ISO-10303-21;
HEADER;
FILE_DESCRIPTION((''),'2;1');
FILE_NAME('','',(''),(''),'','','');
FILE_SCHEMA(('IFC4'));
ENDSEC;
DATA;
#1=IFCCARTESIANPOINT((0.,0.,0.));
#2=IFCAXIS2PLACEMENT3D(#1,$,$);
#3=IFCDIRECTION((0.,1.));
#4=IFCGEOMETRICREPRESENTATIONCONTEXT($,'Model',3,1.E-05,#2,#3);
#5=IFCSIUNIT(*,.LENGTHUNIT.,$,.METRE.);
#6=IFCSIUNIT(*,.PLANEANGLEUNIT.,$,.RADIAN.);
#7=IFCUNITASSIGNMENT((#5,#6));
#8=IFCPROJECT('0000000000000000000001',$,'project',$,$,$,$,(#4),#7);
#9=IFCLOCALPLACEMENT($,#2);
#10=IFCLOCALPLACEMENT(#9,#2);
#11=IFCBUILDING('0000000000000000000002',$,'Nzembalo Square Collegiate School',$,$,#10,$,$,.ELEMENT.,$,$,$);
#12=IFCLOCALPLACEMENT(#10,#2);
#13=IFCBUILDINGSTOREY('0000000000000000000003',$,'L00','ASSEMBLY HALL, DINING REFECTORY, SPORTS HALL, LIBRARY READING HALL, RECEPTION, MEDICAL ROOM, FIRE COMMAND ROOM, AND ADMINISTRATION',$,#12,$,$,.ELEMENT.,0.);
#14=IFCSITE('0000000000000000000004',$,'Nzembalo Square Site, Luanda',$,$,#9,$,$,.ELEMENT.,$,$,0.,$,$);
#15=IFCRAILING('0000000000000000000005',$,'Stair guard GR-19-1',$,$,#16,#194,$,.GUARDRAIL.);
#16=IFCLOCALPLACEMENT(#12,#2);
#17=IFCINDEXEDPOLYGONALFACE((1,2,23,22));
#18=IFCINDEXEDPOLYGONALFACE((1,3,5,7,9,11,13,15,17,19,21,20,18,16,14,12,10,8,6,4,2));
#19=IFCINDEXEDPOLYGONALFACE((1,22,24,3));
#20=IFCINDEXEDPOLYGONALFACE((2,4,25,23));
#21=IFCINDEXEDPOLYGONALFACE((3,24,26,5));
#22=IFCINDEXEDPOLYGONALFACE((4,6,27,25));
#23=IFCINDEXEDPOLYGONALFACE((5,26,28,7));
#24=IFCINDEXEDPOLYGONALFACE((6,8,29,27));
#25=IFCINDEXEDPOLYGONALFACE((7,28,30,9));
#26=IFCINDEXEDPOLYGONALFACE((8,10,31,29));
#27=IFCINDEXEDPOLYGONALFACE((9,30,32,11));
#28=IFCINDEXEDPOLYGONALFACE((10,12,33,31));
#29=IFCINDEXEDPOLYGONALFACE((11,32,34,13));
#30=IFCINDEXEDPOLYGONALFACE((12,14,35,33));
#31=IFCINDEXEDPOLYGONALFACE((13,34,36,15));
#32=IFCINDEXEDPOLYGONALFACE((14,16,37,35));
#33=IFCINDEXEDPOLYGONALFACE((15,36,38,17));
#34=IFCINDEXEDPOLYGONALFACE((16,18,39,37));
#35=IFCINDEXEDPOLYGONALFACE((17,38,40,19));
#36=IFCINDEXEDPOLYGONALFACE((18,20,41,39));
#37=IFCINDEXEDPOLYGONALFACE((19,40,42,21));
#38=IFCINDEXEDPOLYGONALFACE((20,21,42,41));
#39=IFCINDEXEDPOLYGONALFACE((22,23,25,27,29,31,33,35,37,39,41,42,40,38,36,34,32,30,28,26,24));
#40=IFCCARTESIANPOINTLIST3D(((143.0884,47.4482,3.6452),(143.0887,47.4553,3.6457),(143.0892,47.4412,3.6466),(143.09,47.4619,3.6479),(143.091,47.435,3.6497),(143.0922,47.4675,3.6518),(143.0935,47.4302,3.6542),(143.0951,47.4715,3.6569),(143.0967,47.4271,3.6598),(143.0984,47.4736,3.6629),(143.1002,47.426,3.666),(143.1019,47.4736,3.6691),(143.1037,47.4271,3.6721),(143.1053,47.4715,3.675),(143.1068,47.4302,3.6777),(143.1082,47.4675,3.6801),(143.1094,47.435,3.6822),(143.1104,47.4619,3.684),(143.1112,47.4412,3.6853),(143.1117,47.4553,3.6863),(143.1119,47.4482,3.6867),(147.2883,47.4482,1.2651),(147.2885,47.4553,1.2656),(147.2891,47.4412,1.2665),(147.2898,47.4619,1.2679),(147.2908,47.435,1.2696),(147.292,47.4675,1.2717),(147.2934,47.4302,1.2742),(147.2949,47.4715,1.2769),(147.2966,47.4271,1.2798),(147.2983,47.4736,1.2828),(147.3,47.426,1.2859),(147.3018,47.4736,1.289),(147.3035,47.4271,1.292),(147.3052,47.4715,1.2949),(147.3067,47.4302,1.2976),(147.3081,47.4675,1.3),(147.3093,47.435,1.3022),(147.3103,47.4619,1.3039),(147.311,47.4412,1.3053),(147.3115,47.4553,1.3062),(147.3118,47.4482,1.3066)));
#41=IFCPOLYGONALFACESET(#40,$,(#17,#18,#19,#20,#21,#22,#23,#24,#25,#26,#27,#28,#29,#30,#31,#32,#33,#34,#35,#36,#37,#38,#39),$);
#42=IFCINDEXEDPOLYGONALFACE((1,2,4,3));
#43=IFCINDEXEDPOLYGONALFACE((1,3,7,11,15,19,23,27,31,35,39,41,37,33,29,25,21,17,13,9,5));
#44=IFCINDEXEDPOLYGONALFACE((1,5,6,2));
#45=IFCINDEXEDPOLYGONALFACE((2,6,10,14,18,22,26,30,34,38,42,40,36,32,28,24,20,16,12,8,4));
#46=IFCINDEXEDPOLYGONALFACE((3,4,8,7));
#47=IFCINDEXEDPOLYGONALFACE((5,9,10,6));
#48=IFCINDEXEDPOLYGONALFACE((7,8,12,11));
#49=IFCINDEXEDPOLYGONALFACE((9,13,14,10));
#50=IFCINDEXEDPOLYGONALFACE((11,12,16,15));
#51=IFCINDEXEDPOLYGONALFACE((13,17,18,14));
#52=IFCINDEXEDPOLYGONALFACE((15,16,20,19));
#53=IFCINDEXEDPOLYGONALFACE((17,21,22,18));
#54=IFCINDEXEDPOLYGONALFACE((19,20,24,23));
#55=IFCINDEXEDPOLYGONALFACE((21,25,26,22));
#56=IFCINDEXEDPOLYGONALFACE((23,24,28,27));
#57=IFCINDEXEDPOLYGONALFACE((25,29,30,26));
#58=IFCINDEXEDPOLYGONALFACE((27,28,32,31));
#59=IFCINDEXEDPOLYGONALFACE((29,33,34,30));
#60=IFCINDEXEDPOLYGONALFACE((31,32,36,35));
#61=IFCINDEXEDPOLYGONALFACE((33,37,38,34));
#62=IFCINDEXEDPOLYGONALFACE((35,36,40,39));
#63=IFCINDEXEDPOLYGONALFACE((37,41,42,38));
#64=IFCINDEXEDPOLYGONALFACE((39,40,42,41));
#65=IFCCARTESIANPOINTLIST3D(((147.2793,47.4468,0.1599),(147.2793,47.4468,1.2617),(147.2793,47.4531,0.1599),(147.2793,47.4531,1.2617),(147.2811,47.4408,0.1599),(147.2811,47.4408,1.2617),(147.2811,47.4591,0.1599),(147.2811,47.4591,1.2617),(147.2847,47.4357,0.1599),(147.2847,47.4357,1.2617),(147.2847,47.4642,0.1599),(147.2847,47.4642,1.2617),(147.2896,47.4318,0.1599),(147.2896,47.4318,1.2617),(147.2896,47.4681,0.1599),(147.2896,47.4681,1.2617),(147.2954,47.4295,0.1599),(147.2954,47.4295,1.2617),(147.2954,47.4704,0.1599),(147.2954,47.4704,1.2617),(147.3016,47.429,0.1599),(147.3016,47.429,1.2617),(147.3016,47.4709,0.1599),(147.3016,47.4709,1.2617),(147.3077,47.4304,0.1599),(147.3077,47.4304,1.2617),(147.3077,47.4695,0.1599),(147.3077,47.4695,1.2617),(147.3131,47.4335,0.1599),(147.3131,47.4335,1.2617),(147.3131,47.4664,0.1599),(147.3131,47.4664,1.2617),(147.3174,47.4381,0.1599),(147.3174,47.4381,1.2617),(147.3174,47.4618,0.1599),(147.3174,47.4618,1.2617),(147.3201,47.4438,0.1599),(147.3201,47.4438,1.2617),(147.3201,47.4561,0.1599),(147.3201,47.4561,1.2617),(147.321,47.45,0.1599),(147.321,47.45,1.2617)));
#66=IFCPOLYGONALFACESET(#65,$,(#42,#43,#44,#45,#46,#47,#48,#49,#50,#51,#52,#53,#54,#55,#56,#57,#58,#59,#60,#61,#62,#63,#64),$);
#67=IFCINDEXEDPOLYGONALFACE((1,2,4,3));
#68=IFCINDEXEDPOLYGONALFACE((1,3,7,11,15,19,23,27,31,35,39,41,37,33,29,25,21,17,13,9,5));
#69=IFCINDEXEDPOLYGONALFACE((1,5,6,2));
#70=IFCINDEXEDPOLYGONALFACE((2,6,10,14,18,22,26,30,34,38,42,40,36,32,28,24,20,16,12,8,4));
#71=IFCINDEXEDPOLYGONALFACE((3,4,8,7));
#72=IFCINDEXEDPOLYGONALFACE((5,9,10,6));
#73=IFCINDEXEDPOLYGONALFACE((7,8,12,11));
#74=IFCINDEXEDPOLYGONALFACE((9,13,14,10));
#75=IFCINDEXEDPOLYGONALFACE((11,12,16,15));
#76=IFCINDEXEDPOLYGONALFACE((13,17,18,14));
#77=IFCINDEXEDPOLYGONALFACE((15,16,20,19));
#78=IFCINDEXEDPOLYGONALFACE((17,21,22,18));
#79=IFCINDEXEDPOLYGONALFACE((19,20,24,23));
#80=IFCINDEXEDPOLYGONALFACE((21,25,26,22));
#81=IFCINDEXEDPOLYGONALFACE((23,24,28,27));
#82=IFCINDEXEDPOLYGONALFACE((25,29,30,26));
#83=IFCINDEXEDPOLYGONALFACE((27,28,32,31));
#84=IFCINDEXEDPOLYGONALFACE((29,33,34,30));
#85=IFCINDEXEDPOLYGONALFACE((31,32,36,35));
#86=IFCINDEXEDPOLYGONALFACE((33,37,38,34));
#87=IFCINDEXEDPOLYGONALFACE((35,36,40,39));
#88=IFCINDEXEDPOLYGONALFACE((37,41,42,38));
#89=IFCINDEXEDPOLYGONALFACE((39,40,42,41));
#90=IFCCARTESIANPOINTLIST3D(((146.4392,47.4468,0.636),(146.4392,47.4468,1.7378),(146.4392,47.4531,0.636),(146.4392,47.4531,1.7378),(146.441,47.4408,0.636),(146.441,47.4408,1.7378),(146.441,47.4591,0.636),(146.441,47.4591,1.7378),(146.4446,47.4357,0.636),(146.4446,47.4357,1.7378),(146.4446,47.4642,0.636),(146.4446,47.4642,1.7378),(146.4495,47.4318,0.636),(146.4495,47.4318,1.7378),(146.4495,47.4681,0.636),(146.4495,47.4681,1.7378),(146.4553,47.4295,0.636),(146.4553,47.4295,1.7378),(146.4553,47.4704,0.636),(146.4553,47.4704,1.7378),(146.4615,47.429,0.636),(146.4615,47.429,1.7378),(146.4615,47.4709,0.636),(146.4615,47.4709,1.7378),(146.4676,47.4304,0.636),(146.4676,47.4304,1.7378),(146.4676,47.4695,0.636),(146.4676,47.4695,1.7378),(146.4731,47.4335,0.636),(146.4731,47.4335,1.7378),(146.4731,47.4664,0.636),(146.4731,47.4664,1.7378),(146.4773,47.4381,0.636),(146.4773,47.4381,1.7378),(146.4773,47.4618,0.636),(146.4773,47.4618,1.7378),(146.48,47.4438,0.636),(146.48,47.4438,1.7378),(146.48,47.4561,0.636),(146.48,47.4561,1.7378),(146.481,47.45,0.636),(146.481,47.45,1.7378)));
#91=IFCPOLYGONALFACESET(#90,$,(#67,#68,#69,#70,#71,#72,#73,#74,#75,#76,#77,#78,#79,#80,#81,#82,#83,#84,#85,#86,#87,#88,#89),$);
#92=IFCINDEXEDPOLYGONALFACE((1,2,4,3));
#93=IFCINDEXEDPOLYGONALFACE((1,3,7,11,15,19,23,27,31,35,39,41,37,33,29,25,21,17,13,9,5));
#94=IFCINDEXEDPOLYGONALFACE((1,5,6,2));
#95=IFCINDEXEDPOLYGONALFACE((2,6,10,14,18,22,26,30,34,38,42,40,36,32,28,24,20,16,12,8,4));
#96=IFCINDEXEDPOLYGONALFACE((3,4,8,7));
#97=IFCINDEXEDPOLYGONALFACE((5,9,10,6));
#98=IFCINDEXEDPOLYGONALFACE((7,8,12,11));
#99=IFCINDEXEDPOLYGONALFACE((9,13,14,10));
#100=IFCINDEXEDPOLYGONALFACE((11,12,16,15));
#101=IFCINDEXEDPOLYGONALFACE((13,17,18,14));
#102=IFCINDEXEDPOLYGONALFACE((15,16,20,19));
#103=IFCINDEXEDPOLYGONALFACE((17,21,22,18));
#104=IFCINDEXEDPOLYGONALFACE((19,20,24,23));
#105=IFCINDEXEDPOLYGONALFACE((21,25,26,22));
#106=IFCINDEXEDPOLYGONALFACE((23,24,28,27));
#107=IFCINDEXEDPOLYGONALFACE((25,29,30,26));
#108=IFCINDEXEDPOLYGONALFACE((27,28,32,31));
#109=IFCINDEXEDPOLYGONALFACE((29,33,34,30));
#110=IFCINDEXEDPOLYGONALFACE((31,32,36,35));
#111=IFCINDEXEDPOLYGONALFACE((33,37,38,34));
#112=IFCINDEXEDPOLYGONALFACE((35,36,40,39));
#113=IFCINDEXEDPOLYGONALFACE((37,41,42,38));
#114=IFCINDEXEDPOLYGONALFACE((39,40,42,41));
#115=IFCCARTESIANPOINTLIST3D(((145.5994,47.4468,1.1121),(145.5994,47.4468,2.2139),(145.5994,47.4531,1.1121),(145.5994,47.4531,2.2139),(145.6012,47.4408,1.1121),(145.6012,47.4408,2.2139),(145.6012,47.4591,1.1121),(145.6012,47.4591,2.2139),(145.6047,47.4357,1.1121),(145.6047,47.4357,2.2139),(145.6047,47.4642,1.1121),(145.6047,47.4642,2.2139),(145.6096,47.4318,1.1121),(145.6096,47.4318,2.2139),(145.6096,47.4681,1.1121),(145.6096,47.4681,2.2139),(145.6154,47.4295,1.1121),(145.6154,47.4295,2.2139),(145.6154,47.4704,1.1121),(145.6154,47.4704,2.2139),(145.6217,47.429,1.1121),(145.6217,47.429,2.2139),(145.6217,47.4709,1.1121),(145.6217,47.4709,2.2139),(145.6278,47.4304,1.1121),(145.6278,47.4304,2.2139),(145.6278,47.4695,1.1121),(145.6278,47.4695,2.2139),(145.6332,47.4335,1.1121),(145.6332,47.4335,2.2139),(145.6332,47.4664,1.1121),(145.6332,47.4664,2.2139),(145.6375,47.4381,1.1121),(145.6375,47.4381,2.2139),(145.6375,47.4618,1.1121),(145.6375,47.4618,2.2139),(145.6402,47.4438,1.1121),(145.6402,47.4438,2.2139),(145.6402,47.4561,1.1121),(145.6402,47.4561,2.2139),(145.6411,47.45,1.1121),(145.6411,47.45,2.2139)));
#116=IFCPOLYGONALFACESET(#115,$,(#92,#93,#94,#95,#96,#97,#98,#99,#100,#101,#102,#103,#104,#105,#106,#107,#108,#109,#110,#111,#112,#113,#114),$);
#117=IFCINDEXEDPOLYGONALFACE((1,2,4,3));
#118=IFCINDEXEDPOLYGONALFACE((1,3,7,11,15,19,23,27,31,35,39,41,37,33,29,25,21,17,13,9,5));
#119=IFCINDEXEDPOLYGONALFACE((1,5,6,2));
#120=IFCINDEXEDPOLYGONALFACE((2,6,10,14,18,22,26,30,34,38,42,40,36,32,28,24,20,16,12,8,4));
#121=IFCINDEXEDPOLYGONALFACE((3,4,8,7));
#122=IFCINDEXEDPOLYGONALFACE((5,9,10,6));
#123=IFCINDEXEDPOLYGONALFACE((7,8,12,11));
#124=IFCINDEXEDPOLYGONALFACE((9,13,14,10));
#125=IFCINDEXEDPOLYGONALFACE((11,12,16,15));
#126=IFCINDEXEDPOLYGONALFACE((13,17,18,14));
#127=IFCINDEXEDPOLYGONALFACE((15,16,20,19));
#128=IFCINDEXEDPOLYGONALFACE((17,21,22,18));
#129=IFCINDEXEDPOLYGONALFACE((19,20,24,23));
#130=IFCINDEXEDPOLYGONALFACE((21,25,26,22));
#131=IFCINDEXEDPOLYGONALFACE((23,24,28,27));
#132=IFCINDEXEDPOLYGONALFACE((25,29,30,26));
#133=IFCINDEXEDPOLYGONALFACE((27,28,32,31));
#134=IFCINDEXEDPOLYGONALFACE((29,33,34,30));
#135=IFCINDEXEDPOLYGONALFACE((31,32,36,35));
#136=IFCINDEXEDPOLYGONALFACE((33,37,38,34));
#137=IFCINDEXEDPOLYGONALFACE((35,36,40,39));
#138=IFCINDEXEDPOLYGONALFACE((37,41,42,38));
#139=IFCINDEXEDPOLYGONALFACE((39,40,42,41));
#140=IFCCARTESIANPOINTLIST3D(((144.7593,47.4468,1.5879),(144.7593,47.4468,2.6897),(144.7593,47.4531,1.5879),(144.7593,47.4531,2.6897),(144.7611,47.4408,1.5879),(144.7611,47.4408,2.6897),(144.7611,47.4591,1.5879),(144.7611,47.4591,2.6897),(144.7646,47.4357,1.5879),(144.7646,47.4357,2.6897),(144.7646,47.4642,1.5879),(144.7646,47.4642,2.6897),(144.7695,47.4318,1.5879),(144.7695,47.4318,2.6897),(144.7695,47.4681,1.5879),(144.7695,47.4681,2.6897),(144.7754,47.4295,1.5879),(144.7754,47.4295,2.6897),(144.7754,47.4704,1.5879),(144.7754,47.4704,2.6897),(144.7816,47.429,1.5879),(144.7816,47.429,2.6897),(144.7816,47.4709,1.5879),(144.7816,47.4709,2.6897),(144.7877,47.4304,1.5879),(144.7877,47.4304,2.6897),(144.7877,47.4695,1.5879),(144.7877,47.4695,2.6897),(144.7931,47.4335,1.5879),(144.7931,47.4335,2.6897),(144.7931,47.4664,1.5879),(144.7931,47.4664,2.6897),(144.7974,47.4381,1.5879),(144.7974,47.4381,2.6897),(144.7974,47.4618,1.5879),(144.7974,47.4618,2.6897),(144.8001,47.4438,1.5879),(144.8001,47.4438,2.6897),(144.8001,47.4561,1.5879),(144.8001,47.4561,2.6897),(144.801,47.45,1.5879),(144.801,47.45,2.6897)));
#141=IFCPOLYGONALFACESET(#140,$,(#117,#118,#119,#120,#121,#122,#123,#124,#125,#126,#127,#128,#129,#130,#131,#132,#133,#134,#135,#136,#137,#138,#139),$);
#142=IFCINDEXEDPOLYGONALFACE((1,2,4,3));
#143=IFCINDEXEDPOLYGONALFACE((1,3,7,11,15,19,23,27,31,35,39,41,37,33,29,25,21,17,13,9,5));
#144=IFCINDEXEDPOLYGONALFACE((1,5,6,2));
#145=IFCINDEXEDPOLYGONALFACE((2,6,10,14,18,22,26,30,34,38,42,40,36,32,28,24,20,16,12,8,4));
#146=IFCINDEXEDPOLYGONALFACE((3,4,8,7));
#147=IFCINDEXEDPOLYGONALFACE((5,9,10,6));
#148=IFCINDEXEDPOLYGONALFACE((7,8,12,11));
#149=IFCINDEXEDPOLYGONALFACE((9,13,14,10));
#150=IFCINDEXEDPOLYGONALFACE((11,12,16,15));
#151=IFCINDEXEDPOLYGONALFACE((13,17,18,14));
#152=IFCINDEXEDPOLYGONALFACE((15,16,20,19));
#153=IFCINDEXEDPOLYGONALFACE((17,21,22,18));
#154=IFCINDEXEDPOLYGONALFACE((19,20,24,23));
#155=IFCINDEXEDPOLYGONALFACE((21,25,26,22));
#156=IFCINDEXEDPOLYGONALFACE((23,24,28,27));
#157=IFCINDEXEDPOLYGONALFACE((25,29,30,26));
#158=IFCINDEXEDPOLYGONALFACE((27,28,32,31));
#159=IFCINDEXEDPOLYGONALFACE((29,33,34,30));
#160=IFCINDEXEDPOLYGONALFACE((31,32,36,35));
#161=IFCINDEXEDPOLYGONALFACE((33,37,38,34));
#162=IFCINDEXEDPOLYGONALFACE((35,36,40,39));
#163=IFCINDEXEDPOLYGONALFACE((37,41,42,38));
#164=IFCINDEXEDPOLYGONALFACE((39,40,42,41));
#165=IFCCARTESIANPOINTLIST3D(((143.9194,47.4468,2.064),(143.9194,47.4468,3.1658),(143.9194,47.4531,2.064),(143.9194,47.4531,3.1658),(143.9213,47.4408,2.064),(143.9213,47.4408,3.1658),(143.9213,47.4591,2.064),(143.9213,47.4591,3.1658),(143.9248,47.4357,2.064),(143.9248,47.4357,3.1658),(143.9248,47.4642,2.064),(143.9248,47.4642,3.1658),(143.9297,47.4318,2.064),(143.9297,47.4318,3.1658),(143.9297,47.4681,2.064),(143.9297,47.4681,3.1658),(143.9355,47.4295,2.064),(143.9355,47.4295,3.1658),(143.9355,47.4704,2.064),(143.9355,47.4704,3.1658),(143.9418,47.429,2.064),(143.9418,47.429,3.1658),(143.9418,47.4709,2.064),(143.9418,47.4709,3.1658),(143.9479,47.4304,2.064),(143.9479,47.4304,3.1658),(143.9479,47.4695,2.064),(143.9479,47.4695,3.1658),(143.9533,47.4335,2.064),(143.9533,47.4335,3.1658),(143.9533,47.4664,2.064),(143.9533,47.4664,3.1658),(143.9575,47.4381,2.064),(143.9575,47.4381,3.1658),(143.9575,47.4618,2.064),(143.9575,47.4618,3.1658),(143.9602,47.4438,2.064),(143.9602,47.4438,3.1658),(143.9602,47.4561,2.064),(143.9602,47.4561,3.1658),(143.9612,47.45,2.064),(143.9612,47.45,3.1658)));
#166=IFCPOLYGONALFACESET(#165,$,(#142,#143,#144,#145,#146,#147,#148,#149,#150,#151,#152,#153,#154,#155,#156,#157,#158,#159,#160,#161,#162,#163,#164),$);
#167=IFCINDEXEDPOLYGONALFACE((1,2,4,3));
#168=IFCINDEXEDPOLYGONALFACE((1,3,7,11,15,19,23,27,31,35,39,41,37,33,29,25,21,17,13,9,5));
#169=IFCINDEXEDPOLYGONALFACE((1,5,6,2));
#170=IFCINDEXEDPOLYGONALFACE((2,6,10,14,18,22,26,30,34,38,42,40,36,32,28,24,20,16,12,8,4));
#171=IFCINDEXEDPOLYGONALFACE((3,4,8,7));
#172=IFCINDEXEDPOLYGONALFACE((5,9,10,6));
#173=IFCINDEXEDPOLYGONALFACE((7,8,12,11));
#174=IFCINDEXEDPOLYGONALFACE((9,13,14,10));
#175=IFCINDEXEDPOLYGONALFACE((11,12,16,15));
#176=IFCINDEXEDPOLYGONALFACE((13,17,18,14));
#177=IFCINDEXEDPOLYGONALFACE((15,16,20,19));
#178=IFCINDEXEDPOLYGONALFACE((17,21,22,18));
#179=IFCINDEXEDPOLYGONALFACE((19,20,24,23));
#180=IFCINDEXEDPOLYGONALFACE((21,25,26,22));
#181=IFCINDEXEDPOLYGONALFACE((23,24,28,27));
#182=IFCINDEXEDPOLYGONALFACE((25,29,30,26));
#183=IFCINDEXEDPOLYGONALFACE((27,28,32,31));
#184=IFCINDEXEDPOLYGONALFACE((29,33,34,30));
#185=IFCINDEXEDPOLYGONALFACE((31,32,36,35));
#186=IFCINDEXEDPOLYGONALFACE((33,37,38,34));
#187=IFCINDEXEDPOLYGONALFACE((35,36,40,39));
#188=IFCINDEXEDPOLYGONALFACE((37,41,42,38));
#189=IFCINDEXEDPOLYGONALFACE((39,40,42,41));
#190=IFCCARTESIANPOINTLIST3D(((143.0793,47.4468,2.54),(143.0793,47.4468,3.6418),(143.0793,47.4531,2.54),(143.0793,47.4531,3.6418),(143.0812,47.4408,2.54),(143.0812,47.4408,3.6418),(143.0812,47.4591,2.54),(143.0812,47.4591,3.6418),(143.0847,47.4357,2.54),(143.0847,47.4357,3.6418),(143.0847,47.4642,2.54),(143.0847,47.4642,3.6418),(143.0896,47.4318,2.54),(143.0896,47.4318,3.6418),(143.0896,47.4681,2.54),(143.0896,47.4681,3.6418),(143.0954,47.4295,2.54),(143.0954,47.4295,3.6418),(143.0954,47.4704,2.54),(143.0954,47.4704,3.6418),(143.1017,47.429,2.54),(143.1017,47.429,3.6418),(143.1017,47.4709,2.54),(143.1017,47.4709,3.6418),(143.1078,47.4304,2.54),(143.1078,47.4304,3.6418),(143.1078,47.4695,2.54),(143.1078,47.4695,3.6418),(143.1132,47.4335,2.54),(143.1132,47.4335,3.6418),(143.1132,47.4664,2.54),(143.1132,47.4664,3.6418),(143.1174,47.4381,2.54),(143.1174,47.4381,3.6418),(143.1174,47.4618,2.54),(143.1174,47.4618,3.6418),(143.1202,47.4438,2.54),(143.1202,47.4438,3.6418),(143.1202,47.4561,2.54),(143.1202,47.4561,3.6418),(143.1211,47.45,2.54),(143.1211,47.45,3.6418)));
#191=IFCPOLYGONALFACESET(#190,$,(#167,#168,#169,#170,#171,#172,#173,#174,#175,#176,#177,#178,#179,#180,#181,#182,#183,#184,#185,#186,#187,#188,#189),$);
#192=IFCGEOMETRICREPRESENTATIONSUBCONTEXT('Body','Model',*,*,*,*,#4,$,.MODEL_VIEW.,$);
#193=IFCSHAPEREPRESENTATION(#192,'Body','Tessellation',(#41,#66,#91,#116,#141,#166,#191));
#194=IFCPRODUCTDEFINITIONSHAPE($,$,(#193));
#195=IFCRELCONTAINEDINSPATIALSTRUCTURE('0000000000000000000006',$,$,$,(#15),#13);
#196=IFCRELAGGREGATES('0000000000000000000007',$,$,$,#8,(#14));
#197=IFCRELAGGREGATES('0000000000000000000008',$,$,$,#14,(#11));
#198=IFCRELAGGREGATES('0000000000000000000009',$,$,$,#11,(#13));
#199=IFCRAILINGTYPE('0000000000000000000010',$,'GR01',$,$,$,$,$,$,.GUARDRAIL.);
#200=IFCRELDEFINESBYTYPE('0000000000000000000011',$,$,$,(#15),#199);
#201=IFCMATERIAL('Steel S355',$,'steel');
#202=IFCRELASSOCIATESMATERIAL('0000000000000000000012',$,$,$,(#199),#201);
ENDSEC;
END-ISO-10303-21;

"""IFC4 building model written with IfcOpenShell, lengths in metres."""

from ifc_helpers import new_model, si_unit, direction, frame, origin, origin_2d, place, context, subcontext, project, spatial, circle, extrude, material, type_object, element, save


model = new_model("IFC4")

# Units and contexts
model_context = context("Model", 3, precision=1e-05, world=origin(), true_north=direction((0.0, 1.0)))
body_context = subcontext(model_context, "Body", "Model", "MODEL_VIEW")
ifc_project = project(units=[si_unit("LENGTHUNIT", "METRE"), si_unit("PLANEANGLEUNIT", "RADIAN")], contexts=[model_context])

# Site, building, storey
site_placement = place(None, origin())
site = spatial("IfcSite", under=ifc_project, at=site_placement, Name="Nzembalo Square Site, Luanda", CompositionType="ELEMENT", RefElevation=0.0)
building_placement = place(site_placement, origin())
building = spatial("IfcBuilding", under=site, at=building_placement, Name="Nzembalo Square Collegiate School", CompositionType="ELEMENT")
storey_placement = place(building_placement, origin())
storey = spatial("IfcBuildingStorey", under=building, at=storey_placement, Name="L00", Description="ASSEMBLY HALL, DINING REFECTORY, SPORTS HALL, LIBRARY READING HALL, RECEPTION, MEDICAL ROOM, FIRE COMMAND ROOM, AND ADMINISTRATION", CompositionType="ELEMENT", Elevation=0.0)

# Railing
ifc_material_1 = material(Name="Steel S355", Category="steel")
railing_type_1 = type_object("IfcRailingType", Name="GR01", PredefinedType="GUARDRAIL", material=ifc_material_1)
railing_1_placement = place(storey_placement, frame((147.3, 47.45, 0.1599)))
element("IfcRailing", 1, at=railing_1_placement, inside=storey, type_object=railing_type_1, Name="Stair guard GR-19-1", PredefinedType="GUARDRAIL", context=body_context, shape_type="SweptSolid", body=[
    extrude(circle(Radius=0.0239, at=origin_2d()), frame((0.0, 0.0, 1.126), z_axis=(-0.870008, 0.0, 0.493037), x_axis=(0.0, -1.0, 0.0)), (0.0, 0.0, 1.0), 4.8274),
    extrude(circle(Radius=0.021, at=origin_2d()), origin(), (0.0, 0.0, 1.0), 1.1018),
    extrude(circle(Radius=0.021, at=origin_2d()), frame((-0.8401, 0.0, 0.4761)), (0.0, 0.0, 1.0), 1.1018),
    extrude(circle(Radius=0.021, at=origin_2d()), frame((-1.6799, 0.0, 0.9521)), (0.0, 0.0, 1.0), 1.1018),
    extrude(circle(Radius=0.021, at=origin_2d()), frame((-2.52, 0.0, 1.428)), (0.0, 0.0, 1.0), 1.1018),
    extrude(circle(Radius=0.021, at=origin_2d()), frame((-3.3599, 0.0, 1.9041)), (0.0, 0.0, 1.0), 1.1018),
    extrude(circle(Radius=0.021, at=origin_2d()), frame((-4.2, 0.0, 2.3801)), (0.0, 0.0, 1.0), 1.1018),
])

save(model, "model.ifc")
